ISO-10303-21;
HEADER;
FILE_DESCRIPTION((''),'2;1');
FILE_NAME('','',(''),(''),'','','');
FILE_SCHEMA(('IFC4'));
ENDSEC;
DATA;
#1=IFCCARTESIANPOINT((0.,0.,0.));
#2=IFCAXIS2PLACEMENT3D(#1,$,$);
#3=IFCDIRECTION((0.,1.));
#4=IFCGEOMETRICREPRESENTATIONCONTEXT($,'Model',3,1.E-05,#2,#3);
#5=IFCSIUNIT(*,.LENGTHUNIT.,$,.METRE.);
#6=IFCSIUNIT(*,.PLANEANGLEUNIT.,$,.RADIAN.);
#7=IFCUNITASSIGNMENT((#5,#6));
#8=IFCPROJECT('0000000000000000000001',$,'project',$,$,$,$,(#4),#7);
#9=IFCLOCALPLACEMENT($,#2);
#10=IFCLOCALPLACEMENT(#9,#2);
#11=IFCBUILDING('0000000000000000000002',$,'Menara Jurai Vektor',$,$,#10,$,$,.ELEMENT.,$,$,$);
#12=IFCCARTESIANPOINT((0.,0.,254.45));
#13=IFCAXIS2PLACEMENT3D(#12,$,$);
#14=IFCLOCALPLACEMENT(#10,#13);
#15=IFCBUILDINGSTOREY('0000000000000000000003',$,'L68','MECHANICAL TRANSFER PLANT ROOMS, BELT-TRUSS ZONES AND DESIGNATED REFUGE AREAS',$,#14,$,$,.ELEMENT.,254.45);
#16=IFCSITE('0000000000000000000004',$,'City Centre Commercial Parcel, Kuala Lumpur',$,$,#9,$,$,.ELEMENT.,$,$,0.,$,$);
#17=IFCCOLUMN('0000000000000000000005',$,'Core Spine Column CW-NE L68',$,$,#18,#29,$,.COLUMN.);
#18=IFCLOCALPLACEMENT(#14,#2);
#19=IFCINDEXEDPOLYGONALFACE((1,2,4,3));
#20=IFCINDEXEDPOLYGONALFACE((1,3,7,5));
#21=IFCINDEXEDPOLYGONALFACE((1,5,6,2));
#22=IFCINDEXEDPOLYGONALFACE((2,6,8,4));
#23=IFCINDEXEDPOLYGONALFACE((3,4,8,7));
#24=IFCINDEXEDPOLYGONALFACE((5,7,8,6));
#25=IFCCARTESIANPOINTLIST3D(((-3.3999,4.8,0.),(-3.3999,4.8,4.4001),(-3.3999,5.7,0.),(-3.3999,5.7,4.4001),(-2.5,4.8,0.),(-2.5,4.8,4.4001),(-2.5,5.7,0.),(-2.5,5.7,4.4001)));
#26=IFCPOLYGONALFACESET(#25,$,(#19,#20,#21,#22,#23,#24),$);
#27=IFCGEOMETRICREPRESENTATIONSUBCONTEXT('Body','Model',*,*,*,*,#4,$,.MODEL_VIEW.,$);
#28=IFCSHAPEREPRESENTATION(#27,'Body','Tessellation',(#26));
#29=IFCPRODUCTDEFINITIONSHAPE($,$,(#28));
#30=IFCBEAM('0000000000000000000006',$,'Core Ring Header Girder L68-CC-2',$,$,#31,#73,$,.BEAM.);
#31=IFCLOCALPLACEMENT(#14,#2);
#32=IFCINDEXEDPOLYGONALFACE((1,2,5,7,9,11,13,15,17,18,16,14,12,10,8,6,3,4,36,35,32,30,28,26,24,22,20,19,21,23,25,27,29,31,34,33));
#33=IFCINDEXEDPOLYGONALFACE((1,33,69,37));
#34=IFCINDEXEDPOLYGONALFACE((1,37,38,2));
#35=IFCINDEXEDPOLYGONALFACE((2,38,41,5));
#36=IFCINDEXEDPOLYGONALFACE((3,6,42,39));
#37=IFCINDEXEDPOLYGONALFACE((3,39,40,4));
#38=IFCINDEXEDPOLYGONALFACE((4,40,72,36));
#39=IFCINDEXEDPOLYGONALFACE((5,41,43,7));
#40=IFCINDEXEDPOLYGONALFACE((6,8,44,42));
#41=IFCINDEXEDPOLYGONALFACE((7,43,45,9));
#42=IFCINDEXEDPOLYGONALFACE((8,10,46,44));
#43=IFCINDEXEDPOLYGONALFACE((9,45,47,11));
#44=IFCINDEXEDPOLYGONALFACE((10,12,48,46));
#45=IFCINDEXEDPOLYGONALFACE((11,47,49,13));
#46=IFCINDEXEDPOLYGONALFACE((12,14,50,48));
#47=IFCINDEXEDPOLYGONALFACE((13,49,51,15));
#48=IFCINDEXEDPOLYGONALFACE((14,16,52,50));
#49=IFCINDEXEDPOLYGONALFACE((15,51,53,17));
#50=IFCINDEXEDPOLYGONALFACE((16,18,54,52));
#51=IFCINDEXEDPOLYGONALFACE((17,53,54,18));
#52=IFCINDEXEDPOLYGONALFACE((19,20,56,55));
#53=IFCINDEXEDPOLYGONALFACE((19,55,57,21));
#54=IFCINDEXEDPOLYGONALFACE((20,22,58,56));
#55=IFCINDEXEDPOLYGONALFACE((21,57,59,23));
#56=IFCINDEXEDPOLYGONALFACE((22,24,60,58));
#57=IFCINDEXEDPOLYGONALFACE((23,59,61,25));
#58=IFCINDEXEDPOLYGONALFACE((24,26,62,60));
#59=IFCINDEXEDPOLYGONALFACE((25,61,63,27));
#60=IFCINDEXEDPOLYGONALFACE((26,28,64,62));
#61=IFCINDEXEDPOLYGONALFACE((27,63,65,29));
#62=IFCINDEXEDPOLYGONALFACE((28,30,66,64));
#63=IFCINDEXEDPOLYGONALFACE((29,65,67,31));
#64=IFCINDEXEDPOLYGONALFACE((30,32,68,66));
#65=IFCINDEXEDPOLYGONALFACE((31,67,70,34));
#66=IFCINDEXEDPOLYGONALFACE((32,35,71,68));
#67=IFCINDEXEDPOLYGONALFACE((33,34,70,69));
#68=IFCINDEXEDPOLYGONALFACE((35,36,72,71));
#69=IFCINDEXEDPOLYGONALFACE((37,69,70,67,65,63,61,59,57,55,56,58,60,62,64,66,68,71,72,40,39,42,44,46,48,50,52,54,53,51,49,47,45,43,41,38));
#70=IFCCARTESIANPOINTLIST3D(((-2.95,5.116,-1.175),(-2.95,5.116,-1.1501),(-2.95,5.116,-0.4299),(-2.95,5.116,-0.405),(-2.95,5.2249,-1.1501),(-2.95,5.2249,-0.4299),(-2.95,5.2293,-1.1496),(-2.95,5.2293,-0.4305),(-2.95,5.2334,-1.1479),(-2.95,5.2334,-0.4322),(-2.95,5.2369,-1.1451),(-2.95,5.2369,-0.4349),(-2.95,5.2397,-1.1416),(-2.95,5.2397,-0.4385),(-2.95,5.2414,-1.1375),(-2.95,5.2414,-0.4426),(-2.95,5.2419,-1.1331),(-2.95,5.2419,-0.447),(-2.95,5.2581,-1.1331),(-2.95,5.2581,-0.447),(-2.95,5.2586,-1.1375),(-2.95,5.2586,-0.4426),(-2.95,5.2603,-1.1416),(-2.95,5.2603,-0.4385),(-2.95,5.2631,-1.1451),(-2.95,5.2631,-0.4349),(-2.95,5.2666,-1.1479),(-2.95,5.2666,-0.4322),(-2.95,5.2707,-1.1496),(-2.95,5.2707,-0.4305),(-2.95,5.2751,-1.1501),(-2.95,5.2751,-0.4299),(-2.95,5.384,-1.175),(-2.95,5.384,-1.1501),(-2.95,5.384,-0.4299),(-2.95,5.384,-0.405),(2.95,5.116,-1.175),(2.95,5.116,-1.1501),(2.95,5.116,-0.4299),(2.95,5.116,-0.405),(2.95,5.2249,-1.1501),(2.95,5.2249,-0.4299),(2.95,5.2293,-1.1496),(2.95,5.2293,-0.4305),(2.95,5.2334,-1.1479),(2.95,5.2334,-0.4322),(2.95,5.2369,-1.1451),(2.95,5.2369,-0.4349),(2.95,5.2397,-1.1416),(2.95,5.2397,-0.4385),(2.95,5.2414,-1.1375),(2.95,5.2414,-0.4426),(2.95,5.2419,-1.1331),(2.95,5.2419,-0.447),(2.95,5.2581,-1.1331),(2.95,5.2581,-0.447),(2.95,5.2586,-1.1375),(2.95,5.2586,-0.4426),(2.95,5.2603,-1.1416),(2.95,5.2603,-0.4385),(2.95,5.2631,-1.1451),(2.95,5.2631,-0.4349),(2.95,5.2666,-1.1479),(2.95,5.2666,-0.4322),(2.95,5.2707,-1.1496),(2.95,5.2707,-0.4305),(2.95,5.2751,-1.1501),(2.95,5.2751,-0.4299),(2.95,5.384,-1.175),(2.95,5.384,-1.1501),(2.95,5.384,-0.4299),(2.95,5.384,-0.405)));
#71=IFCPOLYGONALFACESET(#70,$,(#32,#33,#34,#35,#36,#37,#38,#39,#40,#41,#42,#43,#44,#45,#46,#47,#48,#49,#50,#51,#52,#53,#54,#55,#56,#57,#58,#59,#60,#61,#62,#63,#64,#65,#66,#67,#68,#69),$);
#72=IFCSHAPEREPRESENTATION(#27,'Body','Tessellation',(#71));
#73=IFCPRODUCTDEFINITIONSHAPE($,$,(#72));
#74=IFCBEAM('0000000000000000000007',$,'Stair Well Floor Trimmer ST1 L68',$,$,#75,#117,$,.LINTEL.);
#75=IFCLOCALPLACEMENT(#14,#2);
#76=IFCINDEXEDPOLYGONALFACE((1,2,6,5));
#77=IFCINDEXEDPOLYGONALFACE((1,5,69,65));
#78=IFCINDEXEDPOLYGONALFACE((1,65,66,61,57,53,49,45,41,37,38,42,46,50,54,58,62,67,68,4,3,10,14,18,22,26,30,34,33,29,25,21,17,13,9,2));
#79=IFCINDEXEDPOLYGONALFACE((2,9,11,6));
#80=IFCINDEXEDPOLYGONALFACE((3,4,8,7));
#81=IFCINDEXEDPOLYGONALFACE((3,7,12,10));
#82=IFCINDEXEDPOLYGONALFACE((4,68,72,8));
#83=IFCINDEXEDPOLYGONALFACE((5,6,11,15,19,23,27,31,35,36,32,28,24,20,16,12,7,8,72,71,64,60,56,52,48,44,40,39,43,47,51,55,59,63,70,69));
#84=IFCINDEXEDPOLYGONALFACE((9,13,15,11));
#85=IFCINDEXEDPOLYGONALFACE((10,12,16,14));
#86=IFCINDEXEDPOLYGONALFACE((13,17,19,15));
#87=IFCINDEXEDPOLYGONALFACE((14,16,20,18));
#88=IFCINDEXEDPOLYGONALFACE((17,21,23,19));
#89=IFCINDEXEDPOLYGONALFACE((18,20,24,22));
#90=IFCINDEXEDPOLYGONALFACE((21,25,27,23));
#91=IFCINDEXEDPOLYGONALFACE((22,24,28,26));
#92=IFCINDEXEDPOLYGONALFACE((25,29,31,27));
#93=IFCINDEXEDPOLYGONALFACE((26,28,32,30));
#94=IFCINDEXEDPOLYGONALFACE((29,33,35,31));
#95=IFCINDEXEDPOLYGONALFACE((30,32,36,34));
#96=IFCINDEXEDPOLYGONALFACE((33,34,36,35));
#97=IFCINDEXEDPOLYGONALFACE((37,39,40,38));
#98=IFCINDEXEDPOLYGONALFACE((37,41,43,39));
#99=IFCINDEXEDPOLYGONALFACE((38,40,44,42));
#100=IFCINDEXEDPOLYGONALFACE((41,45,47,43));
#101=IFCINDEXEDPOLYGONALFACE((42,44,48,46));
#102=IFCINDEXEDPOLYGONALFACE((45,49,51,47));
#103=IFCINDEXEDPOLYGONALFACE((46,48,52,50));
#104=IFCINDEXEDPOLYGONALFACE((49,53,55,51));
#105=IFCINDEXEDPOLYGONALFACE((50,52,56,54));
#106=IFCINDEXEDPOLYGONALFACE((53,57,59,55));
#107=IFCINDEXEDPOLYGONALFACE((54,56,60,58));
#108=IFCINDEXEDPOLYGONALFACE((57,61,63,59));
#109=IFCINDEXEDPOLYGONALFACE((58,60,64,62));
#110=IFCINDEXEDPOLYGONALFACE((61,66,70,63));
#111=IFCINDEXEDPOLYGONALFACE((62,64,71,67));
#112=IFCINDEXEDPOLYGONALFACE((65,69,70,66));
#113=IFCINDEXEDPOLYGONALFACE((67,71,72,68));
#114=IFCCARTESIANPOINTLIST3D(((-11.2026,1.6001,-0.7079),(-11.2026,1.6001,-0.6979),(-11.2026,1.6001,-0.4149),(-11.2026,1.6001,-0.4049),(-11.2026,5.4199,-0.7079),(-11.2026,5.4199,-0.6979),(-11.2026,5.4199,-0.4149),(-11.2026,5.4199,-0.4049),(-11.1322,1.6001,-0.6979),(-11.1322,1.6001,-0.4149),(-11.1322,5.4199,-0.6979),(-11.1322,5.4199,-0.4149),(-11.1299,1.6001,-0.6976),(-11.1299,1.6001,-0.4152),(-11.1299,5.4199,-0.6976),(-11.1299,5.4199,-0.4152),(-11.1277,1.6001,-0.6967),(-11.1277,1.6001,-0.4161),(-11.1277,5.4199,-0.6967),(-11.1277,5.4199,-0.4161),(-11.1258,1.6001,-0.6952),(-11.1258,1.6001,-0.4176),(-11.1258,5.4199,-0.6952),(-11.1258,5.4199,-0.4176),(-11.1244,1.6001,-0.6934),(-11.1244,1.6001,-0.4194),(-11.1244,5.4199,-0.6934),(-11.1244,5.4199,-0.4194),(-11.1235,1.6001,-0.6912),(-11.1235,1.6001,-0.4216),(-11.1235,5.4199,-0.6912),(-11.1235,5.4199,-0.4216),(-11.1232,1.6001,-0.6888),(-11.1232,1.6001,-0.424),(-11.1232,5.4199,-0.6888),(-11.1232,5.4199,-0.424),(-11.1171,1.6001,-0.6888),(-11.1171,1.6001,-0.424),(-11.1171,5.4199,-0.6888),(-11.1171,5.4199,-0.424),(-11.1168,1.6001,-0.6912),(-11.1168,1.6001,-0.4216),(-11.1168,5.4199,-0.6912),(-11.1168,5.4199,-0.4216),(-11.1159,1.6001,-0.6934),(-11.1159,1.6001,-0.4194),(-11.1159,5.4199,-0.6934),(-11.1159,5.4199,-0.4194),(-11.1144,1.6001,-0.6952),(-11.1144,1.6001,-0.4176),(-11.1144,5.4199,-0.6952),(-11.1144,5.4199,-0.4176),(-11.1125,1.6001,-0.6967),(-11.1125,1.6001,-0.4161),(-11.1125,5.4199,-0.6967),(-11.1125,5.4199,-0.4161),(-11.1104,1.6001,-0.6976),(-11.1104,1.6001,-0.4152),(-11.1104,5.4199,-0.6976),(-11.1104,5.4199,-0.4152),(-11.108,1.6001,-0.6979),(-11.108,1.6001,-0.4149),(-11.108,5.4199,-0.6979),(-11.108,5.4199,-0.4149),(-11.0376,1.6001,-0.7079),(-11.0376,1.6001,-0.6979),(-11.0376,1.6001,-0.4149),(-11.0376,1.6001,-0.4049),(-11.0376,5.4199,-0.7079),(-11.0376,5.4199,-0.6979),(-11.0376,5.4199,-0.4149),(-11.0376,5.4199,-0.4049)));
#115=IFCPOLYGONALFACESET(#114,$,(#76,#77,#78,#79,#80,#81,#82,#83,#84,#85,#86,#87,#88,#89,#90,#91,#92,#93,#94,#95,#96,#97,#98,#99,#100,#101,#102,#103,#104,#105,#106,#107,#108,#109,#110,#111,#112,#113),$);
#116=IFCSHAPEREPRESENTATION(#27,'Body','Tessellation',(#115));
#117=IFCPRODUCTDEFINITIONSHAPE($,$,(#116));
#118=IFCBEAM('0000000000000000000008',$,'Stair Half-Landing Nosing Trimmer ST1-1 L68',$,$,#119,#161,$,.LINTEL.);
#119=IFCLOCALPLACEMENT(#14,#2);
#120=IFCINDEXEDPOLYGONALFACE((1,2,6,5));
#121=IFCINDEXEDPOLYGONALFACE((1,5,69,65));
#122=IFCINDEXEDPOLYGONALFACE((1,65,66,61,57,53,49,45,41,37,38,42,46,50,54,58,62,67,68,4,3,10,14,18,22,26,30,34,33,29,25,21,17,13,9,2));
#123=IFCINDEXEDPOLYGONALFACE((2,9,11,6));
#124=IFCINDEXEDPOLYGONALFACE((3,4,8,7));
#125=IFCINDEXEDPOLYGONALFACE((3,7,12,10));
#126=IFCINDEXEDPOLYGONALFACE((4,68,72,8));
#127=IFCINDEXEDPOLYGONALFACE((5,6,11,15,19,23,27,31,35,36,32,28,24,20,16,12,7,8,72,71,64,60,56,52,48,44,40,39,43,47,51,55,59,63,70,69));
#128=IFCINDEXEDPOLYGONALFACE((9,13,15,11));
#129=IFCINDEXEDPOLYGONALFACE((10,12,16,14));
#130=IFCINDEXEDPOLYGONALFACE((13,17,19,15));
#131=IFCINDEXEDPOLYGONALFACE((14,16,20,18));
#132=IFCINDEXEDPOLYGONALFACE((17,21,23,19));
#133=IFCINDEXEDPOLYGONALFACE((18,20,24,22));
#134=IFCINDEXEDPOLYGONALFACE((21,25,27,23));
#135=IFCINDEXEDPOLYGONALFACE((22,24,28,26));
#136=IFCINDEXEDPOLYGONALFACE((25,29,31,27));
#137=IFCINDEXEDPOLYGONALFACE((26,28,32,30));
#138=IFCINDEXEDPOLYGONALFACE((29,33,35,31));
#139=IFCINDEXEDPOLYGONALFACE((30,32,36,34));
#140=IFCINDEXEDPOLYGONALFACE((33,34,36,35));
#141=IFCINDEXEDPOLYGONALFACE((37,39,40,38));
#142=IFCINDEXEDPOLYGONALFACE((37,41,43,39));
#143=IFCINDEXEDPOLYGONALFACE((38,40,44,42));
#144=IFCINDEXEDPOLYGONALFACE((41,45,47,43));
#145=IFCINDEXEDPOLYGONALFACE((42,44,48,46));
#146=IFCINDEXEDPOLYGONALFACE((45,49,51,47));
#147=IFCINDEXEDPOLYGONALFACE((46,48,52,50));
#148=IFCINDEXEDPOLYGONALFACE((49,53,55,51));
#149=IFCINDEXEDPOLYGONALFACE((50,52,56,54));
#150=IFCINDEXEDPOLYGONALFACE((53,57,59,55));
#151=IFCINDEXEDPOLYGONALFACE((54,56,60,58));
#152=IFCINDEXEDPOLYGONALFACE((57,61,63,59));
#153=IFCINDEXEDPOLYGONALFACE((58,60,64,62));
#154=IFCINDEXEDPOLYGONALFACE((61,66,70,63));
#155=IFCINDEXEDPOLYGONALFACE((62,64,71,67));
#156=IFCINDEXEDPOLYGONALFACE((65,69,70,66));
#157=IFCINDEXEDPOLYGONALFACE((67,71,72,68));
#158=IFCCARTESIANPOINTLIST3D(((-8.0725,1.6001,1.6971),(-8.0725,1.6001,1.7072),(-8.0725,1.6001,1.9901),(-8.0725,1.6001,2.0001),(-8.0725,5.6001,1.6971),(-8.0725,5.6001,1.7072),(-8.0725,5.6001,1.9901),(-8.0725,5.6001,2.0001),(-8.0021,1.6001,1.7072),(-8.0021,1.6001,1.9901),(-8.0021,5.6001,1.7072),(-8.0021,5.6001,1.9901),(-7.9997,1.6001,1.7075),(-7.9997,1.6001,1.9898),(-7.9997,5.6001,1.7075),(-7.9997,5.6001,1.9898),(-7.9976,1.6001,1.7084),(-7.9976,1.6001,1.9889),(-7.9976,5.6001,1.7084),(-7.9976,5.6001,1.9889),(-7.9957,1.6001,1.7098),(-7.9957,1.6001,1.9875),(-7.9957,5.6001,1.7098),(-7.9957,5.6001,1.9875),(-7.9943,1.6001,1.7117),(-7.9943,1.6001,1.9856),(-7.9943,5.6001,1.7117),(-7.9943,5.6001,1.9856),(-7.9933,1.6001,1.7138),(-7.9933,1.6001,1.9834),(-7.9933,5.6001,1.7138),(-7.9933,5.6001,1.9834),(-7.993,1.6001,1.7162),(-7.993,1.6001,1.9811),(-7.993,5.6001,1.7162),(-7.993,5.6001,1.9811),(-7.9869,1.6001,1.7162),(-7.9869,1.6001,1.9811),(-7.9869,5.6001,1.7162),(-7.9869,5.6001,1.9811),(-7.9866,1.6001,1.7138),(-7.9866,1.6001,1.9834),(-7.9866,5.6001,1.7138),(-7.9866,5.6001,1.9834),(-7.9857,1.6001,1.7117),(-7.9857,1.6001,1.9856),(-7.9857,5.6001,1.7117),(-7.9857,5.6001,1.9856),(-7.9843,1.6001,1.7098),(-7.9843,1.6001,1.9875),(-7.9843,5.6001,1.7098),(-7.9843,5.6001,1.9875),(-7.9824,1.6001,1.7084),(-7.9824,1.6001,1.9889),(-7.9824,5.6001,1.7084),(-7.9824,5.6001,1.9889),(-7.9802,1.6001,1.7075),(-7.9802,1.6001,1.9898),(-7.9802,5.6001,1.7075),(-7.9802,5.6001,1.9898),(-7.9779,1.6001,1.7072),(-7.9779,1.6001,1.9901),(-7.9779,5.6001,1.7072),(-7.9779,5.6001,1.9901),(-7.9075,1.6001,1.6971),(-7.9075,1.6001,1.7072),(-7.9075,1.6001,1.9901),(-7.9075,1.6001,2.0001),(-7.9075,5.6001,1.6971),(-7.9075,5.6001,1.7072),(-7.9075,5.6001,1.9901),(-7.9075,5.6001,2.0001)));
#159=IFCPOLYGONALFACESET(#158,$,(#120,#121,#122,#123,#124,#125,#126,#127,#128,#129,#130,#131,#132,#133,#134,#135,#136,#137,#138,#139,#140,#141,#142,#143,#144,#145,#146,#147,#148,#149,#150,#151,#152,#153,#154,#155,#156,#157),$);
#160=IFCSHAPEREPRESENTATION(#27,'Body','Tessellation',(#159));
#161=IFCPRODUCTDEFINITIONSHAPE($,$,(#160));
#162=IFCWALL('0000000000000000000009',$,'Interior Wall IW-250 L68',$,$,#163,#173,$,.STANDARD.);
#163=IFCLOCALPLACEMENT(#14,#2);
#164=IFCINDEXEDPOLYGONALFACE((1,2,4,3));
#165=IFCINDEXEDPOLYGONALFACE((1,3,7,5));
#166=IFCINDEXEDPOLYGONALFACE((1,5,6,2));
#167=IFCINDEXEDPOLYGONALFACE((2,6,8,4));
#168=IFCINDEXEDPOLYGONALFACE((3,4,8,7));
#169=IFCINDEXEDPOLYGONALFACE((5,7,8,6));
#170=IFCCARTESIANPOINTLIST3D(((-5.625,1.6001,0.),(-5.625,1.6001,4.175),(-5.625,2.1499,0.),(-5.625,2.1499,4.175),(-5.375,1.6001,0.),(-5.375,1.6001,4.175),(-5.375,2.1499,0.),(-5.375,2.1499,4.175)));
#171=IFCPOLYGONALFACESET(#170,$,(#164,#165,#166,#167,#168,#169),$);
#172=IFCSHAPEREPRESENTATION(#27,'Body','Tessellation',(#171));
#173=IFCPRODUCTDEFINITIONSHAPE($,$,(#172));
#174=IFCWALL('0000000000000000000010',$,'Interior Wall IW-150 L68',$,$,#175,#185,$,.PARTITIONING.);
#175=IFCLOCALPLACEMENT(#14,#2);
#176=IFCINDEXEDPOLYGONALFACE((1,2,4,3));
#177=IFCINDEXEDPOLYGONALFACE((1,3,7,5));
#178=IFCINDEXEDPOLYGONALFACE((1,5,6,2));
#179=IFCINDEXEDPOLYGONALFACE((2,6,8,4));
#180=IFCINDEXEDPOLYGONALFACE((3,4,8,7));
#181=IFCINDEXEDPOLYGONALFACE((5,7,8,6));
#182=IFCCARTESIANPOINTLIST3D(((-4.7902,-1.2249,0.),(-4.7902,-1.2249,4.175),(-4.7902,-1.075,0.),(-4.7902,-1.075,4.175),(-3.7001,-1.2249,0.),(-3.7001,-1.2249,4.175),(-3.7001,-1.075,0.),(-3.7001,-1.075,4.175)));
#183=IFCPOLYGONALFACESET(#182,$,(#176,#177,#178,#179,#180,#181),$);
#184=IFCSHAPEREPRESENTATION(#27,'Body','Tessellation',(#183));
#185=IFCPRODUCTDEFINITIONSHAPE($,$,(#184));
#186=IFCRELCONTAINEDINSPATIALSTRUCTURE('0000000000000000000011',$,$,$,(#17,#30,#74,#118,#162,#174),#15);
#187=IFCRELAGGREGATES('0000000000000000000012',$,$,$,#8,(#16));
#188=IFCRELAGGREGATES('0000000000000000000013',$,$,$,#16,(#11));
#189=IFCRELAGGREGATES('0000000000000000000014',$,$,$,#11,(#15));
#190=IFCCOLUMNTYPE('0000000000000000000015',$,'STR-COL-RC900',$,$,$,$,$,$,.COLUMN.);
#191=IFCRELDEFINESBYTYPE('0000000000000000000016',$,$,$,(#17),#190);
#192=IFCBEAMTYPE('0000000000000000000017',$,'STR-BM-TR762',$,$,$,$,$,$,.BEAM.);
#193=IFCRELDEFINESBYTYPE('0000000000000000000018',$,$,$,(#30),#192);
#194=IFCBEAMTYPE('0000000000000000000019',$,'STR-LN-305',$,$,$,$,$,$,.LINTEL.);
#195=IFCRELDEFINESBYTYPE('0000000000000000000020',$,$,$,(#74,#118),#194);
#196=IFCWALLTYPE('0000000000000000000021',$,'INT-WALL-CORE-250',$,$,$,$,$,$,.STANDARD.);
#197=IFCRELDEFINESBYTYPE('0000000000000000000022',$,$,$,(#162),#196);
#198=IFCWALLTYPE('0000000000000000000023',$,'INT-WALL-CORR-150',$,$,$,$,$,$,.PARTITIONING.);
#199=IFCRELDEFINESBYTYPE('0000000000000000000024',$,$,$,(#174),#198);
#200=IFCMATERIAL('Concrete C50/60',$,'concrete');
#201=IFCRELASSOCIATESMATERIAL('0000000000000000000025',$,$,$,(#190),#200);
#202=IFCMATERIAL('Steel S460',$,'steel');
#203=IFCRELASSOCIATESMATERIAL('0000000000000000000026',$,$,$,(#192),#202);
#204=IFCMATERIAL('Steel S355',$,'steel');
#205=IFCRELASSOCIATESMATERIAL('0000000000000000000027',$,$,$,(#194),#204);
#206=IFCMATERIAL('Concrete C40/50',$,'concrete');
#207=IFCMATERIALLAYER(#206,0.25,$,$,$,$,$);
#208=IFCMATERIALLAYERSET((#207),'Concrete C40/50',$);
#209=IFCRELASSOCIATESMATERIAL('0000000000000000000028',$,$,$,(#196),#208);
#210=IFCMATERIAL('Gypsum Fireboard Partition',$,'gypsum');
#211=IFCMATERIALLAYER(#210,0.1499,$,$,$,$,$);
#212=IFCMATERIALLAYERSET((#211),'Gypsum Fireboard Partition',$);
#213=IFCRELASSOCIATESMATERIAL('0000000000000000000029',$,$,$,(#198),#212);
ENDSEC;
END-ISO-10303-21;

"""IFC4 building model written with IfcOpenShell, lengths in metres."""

from ifc_helpers import new_model, si_unit, direction, frame, frame_2d, origin, origin_2d, place, context, subcontext, project, spatial, rectangle, i_section, extrude, material, layer, layer_set, material_profile, profile_set, type_object, element, save


model = new_model("IFC4")

# Units and contexts
model_context = context("Model", 3, precision=1e-05, world=origin(), true_north=direction((0.0, 1.0)))
body_context = subcontext(model_context, "Body", "Model", "MODEL_VIEW")
ifc_project = project(units=[si_unit("LENGTHUNIT", "METRE"), si_unit("PLANEANGLEUNIT", "RADIAN")], contexts=[model_context])

# Site, building, storey
site_placement = place(None, origin())
site = spatial("IfcSite", under=ifc_project, at=site_placement, Name="City Centre Commercial Parcel, Kuala Lumpur", CompositionType="ELEMENT", RefElevation=0.0)
building_placement = place(site_placement, origin())
building = spatial("IfcBuilding", under=site, at=building_placement, Name="Menara Jurai Vektor", CompositionType="ELEMENT")
storey_placement = place(building_placement, frame((0.0, 0.0, 254.45)))
storey = spatial("IfcBuildingStorey", under=building, at=storey_placement, Name="L68", Description="MECHANICAL TRANSFER PLANT ROOMS, BELT-TRUSS ZONES AND DESIGNATED REFUGE AREAS", CompositionType="ELEMENT", Elevation=254.45)

# Column
ifc_material_1 = material(Name="Concrete C50/60", Category="concrete")
ifc_material_profile_1 = material_profile(ifc_material_1, rectangle(XDim=0.8999, YDim=0.8999, at=origin_2d()), Name="RC 900x900")
ifc_profile_set_1 = profile_set([ifc_material_profile_1], Name="Concrete C50/60")
column_type = type_object("IfcColumnType", Name="STR-COL-RC900", PredefinedType="COLUMN", material=ifc_profile_set_1)
column_placement = place(storey_placement, frame((-2.95, 5.25, 0.0), z_axis=(0.0, 0.0, 1.0), x_axis=(1.0, 0.0, 0.0)))
element("IfcColumn", 1, at=column_placement, inside=storey, type_object=column_type, Name="Core Spine Column CW-NE L68", PredefinedType="COLUMN", context=body_context, shape_type="SweptSolid", body=[
    extrude(rectangle(XDim=0.8999, YDim=0.8999, at=origin_2d()), origin(), (0.0, 0.0, 1.0), 4.4001),
])

# Beams
ifc_material_2 = material(Name="Steel S460", Category="steel")
ifc_material_profile_2 = material_profile(ifc_material_2, i_section(OverallWidth=0.2681, OverallDepth=0.77, WebThickness=0.0161, FlangeThickness=0.0249, FilletRadius=0.0171, at=origin_2d()), Name="UKB 762x267x197")
ifc_profile_set_2 = profile_set([ifc_material_profile_2], Name="Steel S460")
beam_type_1 = type_object("IfcBeamType", Name="STR-BM-TR762", PredefinedType="BEAM", material=ifc_profile_set_2)
beam_1_placement = place(storey_placement, frame((-2.95, 5.25, -0.79), z_axis=(1.0, 0.0, 0.0), x_axis=(0.0, 1.0, 0.0)))
element("IfcBeam", 2, at=beam_1_placement, inside=storey, type_object=beam_type_1, Name="Core Ring Header Girder L68-CC-2", PredefinedType="BEAM", context=body_context, shape_type="SweptSolid", body=[
    extrude(i_section(OverallWidth=0.2681, OverallDepth=0.77, WebThickness=0.0161, FlangeThickness=0.0249, FilletRadius=0.0171, at=origin_2d()), origin(), (0.0, 0.0, 1.0), 5.8999),
])
ifc_material_3 = material(Name="Steel S355", Category="steel")
ifc_material_profile_3 = material_profile(ifc_material_3, i_section(OverallWidth=0.165, OverallDepth=0.303, WebThickness=0.0061, FlangeThickness=0.01, FilletRadius=0.009, at=origin_2d()), Name="UKB 305x165x40")
ifc_profile_set_3 = profile_set([ifc_material_profile_3], Name="Steel S355")
beam_type_2 = type_object("IfcBeamType", Name="STR-LN-305", PredefinedType="LINTEL", material=ifc_profile_set_3)
beam_2_placement = place(storey_placement, frame((-11.1201, 1.6001, -0.5564), z_axis=(0.0, 1.0, 0.0), x_axis=(-1.0, 0.0, 0.0)))
element("IfcBeam", 3, at=beam_2_placement, inside=storey, type_object=beam_type_2, Name="Stair Well Floor Trimmer ST1 L68", PredefinedType="LINTEL", context=body_context, shape_type="SweptSolid", body=[
    extrude(i_section(OverallWidth=0.165, OverallDepth=0.303, WebThickness=0.0061, FlangeThickness=0.01, FilletRadius=0.009, at=origin_2d()), origin(), (0.0, 0.0, 1.0), 3.8198),
])
beam_3_placement = place(storey_placement, frame((-7.99, 1.6001, 1.8486), z_axis=(0.0, 1.0, 0.0), x_axis=(-1.0, 0.0, 0.0)))
element("IfcBeam", 4, at=beam_3_placement, inside=storey, type_object=beam_type_2, Name="Stair Half-Landing Nosing Trimmer ST1-1 L68", PredefinedType="LINTEL", context=body_context, shape_type="SweptSolid", body=[
    extrude(i_section(OverallWidth=0.165, OverallDepth=0.303, WebThickness=0.0061, FlangeThickness=0.01, FilletRadius=0.009, at=origin_2d()), origin(), (0.0, 0.0, 1.0), 4.0),
])

# Shared definitions
ifc_material_4 = material(Name="Concrete C40/50", Category="concrete")
ifc_layer_1 = layer(ifc_material_4, 0.25)
ifc_layer_set_1 = layer_set([ifc_layer_1], Name="Concrete C40/50")
wall_type_1 = type_object("IfcWallType", Name="INT-WALL-CORE-250", PredefinedType="STANDARD", material=ifc_layer_set_1)

# Walls
wall_1_placement = place(storey_placement, frame((-5.5, 1.6001, 0.0), z_axis=(0.0, 0.0, 1.0), x_axis=(0.0, 1.0, 0.0)))
element("IfcWall", 5, at=wall_1_placement, inside=storey, type_object=wall_type_1, Name="Interior Wall IW-250 L68", PredefinedType="STANDARD", context=body_context, shape_type="SweptSolid", body=[
    extrude(rectangle(XDim=0.5498, YDim=0.25, at=frame_2d((0.2749, 0.0))), origin(), (0.0, 0.0, 1.0), 4.175),
])
ifc_material_5 = material(Name="Gypsum Fireboard Partition", Category="gypsum")
ifc_layer_2 = layer(ifc_material_5, 0.1499)
ifc_layer_set_2 = layer_set([ifc_layer_2], Name="Gypsum Fireboard Partition")
wall_type_2 = type_object("IfcWallType", Name="INT-WALL-CORR-150", PredefinedType="PARTITIONING", material=ifc_layer_set_2)
wall_2_placement = place(storey_placement, frame((-4.79, -1.1499, 0.0), z_axis=(0.0, 0.0, 1.0), x_axis=(1.0, 0.0, 0.0)))
element("IfcWall", 6, at=wall_2_placement, inside=storey, type_object=wall_type_2, Name="Interior Wall IW-150 L68", PredefinedType="PARTITIONING", context=body_context, shape_type="SweptSolid", body=[
    extrude(rectangle(XDim=1.0901, YDim=0.1499, at=frame_2d((0.5449, 0.0))), origin(), (0.0, 0.0, 1.0), 4.175),
])

save(model, "model.ifc")
